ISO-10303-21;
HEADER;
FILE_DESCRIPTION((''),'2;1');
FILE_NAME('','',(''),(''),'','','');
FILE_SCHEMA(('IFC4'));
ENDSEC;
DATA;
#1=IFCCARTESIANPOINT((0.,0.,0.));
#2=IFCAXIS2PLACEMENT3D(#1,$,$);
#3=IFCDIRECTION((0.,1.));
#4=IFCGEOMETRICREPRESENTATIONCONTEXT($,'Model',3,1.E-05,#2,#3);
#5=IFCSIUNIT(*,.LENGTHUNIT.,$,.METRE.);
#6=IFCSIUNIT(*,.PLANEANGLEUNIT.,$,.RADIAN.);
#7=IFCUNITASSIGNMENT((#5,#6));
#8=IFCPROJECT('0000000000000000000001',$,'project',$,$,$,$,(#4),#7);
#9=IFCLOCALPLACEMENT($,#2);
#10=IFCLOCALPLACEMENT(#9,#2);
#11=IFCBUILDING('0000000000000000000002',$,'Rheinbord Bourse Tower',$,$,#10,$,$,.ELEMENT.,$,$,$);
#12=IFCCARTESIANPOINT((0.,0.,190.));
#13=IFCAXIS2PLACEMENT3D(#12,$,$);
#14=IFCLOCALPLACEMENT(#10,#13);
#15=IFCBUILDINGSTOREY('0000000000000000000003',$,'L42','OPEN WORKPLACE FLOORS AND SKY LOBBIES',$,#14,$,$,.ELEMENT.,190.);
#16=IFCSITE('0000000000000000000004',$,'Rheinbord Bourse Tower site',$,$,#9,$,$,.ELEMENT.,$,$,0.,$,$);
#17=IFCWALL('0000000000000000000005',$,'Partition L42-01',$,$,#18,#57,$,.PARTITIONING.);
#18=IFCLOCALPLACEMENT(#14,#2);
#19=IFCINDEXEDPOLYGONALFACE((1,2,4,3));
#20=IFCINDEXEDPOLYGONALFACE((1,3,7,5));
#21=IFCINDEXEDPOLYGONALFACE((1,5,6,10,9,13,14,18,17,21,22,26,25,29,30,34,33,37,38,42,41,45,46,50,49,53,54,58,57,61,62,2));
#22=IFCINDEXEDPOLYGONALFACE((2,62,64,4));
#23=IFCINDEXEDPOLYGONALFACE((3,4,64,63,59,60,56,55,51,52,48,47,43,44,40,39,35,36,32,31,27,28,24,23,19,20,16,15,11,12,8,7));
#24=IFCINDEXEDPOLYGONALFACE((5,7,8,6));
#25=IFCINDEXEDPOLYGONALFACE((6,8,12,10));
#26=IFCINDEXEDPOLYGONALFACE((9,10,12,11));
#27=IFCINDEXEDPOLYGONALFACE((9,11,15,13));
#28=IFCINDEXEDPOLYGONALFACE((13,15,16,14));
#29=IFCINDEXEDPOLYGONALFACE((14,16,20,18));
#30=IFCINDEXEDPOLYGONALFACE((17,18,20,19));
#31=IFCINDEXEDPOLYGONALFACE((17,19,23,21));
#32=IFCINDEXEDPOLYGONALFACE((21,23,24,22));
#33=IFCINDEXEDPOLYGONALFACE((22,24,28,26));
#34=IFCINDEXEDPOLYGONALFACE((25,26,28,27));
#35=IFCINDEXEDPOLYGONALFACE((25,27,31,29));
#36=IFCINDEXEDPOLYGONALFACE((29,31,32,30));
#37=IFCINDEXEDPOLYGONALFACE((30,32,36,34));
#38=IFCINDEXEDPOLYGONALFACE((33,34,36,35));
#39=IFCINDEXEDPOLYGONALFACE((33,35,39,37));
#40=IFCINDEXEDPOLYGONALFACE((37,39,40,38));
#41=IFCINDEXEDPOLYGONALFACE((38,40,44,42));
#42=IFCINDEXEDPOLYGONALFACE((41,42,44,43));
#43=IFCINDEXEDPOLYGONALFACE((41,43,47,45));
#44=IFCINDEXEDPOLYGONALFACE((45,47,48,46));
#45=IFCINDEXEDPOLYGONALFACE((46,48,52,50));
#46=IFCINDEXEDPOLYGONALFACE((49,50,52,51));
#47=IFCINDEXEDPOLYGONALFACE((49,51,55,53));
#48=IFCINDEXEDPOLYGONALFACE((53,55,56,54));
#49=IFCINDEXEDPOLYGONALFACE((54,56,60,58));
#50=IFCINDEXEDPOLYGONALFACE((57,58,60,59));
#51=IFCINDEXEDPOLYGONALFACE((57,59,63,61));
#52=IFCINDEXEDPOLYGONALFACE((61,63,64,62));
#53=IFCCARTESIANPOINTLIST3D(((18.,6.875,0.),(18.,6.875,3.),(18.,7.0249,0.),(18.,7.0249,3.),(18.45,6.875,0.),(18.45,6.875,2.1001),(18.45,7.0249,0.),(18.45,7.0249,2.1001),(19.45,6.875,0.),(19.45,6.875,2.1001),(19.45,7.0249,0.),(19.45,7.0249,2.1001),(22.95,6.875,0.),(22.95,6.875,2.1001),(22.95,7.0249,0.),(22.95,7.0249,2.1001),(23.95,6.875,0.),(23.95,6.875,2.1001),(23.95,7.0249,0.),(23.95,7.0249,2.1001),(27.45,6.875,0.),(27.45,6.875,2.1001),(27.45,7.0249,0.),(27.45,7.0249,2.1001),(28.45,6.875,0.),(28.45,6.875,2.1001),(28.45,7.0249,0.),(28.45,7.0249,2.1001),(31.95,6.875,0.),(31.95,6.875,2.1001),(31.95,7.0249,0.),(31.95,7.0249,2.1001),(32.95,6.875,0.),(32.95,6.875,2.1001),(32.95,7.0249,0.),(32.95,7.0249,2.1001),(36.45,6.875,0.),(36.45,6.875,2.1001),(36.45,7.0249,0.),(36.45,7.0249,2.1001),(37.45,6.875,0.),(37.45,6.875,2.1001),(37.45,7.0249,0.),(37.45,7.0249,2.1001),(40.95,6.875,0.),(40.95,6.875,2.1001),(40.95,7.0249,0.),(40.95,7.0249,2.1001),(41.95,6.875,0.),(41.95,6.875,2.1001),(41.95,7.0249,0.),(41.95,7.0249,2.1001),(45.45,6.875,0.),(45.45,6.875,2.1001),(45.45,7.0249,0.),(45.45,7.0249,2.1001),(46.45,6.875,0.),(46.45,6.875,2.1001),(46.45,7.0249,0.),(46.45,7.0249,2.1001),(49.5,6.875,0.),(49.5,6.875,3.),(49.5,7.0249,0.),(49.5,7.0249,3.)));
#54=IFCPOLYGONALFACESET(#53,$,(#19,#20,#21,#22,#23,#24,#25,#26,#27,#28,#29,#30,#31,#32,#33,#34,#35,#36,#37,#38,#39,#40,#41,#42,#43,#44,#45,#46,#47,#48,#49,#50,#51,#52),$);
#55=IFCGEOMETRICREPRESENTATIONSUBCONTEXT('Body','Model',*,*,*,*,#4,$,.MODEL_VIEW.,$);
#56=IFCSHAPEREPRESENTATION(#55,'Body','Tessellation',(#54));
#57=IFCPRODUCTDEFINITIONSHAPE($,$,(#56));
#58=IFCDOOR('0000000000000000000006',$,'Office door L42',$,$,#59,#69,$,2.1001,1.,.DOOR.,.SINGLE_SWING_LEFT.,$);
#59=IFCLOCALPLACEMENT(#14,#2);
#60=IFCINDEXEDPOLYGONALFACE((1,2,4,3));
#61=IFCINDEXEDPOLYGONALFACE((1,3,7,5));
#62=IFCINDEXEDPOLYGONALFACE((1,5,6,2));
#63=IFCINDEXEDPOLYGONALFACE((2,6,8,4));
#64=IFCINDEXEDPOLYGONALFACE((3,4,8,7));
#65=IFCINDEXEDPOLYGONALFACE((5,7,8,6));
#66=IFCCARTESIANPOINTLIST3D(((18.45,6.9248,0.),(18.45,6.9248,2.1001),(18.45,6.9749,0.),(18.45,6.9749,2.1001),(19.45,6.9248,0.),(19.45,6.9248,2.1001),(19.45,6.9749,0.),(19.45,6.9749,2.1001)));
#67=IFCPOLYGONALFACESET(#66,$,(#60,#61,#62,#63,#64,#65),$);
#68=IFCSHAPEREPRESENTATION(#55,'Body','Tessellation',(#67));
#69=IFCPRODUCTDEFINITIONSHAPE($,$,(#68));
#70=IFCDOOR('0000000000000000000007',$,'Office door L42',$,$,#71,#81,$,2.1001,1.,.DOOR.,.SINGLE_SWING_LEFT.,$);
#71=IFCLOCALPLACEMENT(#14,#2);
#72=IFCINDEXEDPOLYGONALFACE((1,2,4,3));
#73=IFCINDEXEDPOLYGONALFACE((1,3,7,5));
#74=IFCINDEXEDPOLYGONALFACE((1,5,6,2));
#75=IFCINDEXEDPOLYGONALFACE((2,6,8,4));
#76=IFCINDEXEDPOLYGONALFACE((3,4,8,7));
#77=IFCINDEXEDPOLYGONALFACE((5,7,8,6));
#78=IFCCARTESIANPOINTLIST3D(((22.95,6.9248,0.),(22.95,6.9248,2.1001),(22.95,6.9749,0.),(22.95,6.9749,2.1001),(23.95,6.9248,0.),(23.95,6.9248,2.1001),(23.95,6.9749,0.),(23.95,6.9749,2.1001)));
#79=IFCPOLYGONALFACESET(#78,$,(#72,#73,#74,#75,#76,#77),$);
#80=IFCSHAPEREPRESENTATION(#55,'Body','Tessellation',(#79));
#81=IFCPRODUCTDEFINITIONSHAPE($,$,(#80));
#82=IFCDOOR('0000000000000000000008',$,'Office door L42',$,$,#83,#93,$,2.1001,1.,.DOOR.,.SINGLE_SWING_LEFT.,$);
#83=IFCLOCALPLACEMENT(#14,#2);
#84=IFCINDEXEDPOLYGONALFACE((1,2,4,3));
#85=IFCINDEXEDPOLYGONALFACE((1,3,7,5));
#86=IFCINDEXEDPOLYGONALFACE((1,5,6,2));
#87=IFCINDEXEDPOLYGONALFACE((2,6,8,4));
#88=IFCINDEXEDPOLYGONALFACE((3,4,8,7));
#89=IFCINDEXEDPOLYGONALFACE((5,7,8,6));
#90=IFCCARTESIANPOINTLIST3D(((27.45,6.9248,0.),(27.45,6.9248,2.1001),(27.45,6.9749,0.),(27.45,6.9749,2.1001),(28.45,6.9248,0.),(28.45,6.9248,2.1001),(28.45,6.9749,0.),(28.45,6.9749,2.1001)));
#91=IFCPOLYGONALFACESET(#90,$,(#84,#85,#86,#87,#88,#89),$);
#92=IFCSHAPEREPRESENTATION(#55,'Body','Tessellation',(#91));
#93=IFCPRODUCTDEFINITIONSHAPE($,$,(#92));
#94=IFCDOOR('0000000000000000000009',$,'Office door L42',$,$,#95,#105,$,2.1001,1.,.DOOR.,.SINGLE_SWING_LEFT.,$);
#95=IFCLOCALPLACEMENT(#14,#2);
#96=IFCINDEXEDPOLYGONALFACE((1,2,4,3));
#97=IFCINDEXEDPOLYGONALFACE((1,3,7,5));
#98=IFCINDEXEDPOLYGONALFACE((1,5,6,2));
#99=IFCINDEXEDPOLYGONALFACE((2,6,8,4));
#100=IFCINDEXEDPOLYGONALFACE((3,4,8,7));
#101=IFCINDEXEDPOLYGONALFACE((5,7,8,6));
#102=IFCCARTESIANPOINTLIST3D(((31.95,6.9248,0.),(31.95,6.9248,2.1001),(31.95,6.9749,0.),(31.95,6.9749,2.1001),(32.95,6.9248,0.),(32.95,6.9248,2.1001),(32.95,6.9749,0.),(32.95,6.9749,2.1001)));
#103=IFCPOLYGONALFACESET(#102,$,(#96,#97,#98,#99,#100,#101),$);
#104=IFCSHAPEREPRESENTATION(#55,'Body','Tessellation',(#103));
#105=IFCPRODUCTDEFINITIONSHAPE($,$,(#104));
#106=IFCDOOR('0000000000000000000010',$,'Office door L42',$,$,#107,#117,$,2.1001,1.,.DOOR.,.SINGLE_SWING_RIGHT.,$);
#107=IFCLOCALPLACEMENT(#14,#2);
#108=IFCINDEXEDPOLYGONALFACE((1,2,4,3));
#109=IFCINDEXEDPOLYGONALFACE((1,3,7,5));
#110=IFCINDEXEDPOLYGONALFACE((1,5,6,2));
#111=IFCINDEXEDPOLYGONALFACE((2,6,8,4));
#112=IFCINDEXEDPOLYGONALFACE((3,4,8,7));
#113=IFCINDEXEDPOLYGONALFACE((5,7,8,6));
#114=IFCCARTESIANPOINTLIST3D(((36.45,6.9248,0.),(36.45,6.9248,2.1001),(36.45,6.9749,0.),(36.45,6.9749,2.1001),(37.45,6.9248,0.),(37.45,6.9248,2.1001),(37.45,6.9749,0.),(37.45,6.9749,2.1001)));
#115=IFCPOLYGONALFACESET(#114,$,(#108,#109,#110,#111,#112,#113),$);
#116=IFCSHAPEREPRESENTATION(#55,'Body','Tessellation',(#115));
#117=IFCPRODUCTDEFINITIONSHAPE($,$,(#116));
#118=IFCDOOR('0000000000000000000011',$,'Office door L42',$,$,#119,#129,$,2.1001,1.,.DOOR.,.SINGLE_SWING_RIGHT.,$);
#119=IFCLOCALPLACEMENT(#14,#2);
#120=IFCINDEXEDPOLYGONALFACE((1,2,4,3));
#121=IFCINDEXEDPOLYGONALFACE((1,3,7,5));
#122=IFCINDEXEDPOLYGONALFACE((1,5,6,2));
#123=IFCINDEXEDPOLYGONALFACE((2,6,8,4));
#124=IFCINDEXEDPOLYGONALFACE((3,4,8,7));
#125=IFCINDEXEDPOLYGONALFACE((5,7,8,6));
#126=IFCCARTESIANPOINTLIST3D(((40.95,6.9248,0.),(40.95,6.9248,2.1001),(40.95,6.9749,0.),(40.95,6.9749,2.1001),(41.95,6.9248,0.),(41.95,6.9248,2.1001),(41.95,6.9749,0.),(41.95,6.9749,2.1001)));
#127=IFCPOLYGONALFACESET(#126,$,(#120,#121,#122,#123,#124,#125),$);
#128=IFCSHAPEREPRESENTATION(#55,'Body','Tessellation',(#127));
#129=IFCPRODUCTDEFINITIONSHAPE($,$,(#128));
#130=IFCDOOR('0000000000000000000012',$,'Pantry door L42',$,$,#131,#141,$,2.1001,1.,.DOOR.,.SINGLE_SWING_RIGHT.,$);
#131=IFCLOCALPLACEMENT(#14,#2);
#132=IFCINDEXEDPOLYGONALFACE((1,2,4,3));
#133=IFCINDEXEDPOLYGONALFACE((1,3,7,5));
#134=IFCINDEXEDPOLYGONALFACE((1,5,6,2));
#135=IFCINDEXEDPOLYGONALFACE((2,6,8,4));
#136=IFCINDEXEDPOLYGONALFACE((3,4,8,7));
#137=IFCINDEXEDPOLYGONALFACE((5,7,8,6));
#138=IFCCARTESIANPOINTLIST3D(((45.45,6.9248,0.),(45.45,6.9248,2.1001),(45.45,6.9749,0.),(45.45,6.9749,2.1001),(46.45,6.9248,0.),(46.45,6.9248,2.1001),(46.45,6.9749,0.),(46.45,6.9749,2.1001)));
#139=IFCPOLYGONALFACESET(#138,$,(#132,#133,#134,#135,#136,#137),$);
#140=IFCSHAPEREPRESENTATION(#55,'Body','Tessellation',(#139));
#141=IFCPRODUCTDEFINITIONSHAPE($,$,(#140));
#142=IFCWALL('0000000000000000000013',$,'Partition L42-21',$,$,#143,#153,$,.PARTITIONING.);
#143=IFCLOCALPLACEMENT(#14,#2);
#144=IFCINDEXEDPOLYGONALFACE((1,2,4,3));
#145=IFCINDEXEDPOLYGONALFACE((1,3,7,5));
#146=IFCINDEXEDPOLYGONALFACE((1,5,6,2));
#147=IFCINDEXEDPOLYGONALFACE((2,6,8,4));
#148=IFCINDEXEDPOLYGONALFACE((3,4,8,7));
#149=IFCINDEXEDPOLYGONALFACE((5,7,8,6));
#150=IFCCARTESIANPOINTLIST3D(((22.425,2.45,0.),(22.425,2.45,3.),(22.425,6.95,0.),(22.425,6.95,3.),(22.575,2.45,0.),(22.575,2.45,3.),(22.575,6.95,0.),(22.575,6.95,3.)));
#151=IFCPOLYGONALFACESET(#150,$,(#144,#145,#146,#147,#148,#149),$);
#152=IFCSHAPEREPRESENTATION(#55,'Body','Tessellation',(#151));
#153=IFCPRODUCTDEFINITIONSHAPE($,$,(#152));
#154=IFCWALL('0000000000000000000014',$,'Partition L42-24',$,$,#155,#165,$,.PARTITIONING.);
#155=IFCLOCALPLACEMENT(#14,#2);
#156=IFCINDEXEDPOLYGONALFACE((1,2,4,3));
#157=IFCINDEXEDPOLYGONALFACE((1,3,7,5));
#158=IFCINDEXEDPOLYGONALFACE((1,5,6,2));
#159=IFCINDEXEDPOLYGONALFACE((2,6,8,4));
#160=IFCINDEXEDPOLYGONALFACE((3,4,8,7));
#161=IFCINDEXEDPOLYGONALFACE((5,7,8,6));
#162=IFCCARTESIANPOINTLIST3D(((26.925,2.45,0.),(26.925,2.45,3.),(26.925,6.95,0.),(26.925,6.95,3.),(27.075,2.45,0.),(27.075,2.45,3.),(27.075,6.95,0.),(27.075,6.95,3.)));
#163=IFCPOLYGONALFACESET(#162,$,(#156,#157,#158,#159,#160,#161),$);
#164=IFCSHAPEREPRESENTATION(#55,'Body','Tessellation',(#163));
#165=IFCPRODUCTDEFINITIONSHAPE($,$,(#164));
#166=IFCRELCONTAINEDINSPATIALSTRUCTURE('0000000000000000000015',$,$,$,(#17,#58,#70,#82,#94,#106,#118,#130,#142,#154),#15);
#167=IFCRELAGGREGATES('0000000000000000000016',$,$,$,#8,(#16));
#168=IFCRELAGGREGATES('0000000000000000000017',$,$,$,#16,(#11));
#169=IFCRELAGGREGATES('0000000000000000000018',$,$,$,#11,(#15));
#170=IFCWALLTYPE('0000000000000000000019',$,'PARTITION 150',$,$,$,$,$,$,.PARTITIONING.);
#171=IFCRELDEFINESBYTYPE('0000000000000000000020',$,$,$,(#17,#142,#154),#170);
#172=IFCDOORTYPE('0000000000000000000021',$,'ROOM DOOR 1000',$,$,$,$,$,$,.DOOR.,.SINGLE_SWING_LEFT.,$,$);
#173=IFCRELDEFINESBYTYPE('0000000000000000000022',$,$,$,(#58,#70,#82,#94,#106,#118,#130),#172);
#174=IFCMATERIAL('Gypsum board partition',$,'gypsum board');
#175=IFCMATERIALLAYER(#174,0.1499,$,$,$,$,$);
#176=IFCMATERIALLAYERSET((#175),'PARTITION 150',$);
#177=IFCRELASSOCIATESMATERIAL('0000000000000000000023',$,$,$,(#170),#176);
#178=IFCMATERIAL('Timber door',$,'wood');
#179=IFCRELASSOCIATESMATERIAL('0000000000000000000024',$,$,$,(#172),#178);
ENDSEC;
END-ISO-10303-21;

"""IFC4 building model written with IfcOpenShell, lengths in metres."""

from ifc_helpers import new_model, si_unit, direction, frame, frame_2d, origin, place, context, subcontext, project, spatial, rectangle, extrude, material, layer, layer_set, type_object, element, fill, save


model = new_model("IFC4")

# Units and contexts
model_context = context("Model", 3, precision=1e-05, world=origin(), true_north=direction((0.0, 1.0)))
body_context = subcontext(model_context, "Body", "Model", "MODEL_VIEW")
ifc_project = project(units=[si_unit("LENGTHUNIT", "METRE"), si_unit("PLANEANGLEUNIT", "RADIAN")], contexts=[model_context])

# Site, building, storey
site_placement = place(None, origin())
site = spatial("IfcSite", under=ifc_project, at=site_placement, Name="Rheinbord Bourse Tower site", CompositionType="ELEMENT", RefElevation=0.0)
building_placement = place(site_placement, origin())
building = spatial("IfcBuilding", under=site, at=building_placement, Name="Rheinbord Bourse Tower", CompositionType="ELEMENT")
storey_placement = place(building_placement, frame((0.0, 0.0, 190.0)))
storey = spatial("IfcBuildingStorey", under=building, at=storey_placement, Name="L42", Description="OPEN WORKPLACE FLOORS AND SKY LOBBIES", CompositionType="ELEMENT", Elevation=190.0)

# Wall, openings, doors
ifc_material_1 = material(Name="Gypsum board partition", Category="gypsum board")
ifc_layer_1 = layer(ifc_material_1, 0.1499)
ifc_layer_set_1 = layer_set([ifc_layer_1], Name="PARTITION 150")
wall_type_1 = type_object("IfcWallType", Name="PARTITION 150", PredefinedType="PARTITIONING", material=ifc_layer_set_1)
wall_1_placement = place(storey_placement, frame((18.0, 6.95, 0.0), z_axis=(0.0, 0.0, 1.0), x_axis=(1.0, 0.0, 0.0)))
wall_1 = element("IfcWall", 1, at=wall_1_placement, inside=storey, type_object=wall_type_1, Name="Partition L42-01", PredefinedType="PARTITIONING", context=body_context, shape_type="SweptSolid", body=[
    extrude(rectangle(XDim=31.5, YDim=0.1499, at=frame_2d((15.75, 0.0))), origin(), (0.0, 0.0, 1.0), 3.0),
])
opening_1_placement = place(wall_1_placement, frame((0.45, 0.0, 0.0)))
opening_1 = element("IfcOpeningElement", 2, at=opening_1_placement, cuts=wall_1, PredefinedType="OPENING", context=body_context, shape_type="SweptSolid", body=[
    extrude(rectangle(XDim=1.0, YDim=2.1001, at=frame_2d((0.5, 1.05))), frame((0.0, 0.085, 0.0), z_axis=(0.0, -1.0, 0.0), x_axis=(1.0, 0.0, 0.0)), (0.0, 0.0, 1.0), 0.1699),
])
opening_2_placement = place(wall_1_placement, frame((4.95, 0.0, 0.0)))
opening_2 = element("IfcOpeningElement", 3, at=opening_2_placement, cuts=wall_1, PredefinedType="OPENING", context=body_context, shape_type="SweptSolid", body=[
    extrude(rectangle(XDim=1.0, YDim=2.1001, at=frame_2d((0.5, 1.05))), frame((0.0, 0.085, 0.0), z_axis=(0.0, -1.0, 0.0), x_axis=(1.0, 0.0, 0.0)), (0.0, 0.0, 1.0), 0.1699),
])
opening_3_placement = place(wall_1_placement, frame((9.45, 0.0, 0.0)))
opening_3 = element("IfcOpeningElement", 4, at=opening_3_placement, cuts=wall_1, PredefinedType="OPENING", context=body_context, shape_type="SweptSolid", body=[
    extrude(rectangle(XDim=1.0, YDim=2.1001, at=frame_2d((0.5, 1.05))), frame((0.0, 0.085, 0.0), z_axis=(0.0, -1.0, 0.0), x_axis=(1.0, 0.0, 0.0)), (0.0, 0.0, 1.0), 0.1699),
])
opening_4_placement = place(wall_1_placement, frame((13.95, 0.0, 0.0)))
opening_4 = element("IfcOpeningElement", 5, at=opening_4_placement, cuts=wall_1, PredefinedType="OPENING", context=body_context, shape_type="SweptSolid", body=[
    extrude(rectangle(XDim=1.0, YDim=2.1001, at=frame_2d((0.5, 1.05))), frame((0.0, 0.085, 0.0), z_axis=(0.0, -1.0, 0.0), x_axis=(1.0, 0.0, 0.0)), (0.0, 0.0, 1.0), 0.1699),
])
opening_5_placement = place(wall_1_placement, frame((18.45, 0.0, 0.0)))
opening_5 = element("IfcOpeningElement", 6, at=opening_5_placement, cuts=wall_1, PredefinedType="OPENING", context=body_context, shape_type="SweptSolid", body=[
    extrude(rectangle(XDim=1.0, YDim=2.1001, at=frame_2d((0.5, 1.05))), frame((0.0, 0.085, 0.0), z_axis=(0.0, -1.0, 0.0), x_axis=(1.0, 0.0, 0.0)), (0.0, 0.0, 1.0), 0.1699),
])
opening_6_placement = place(wall_1_placement, frame((22.95, 0.0, 0.0)))
opening_6 = element("IfcOpeningElement", 7, at=opening_6_placement, cuts=wall_1, PredefinedType="OPENING", context=body_context, shape_type="SweptSolid", body=[
    extrude(rectangle(XDim=1.0, YDim=2.1001, at=frame_2d((0.5, 1.05))), frame((0.0, 0.085, 0.0), z_axis=(0.0, -1.0, 0.0), x_axis=(1.0, 0.0, 0.0)), (0.0, 0.0, 1.0), 0.1699),
])
opening_7_placement = place(wall_1_placement, frame((27.45, 0.0, 0.0)))
opening_7 = element("IfcOpeningElement", 8, at=opening_7_placement, cuts=wall_1, PredefinedType="OPENING", context=body_context, shape_type="SweptSolid", body=[
    extrude(rectangle(XDim=1.0, YDim=2.1001, at=frame_2d((0.5, 1.05))), frame((0.0, 0.085, 0.0), z_axis=(0.0, -1.0, 0.0), x_axis=(1.0, 0.0, 0.0)), (0.0, 0.0, 1.0), 0.1699),
])
ifc_material_2 = material(Name="Timber door", Category="wood")
door_type_1 = type_object("IfcDoorType", Name="ROOM DOOR 1000", OperationType="SINGLE_SWING_LEFT", PredefinedType="DOOR", material=ifc_material_2)
door_1_placement = place(opening_1_placement, origin())
door_1 = element("IfcDoor", 9, at=door_1_placement, inside=storey, type_object=door_type_1, Name="Office door L42", OperationType="SINGLE_SWING_LEFT", OverallHeight=2.1001, OverallWidth=1.0, PredefinedType="DOOR", context=body_context, shape_type="SweptSolid", body=[
    extrude(rectangle(XDim=1.0, YDim=2.1001, at=frame_2d((0.5, 1.05))), frame((0.0, 0.0249, 0.0), z_axis=(0.0, -1.0, 0.0), x_axis=(1.0, 0.0, 0.0)), (0.0, 0.0, 1.0), 0.05),
])
fill(opening_1, door_1)
door_2_placement = place(opening_2_placement, origin())
door_2 = element("IfcDoor", 10, at=door_2_placement, inside=storey, type_object=door_type_1, Name="Office door L42", OperationType="SINGLE_SWING_LEFT", OverallHeight=2.1001, OverallWidth=1.0, PredefinedType="DOOR", context=body_context, shape_type="SweptSolid", body=[
    extrude(rectangle(XDim=1.0, YDim=2.1001, at=frame_2d((0.5, 1.05))), frame((0.0, 0.0249, 0.0), z_axis=(0.0, -1.0, 0.0), x_axis=(1.0, 0.0, 0.0)), (0.0, 0.0, 1.0), 0.05),
])
fill(opening_2, door_2)
door_3_placement = place(opening_3_placement, origin())
door_3 = element("IfcDoor", 11, at=door_3_placement, inside=storey, type_object=door_type_1, Name="Office door L42", OperationType="SINGLE_SWING_LEFT", OverallHeight=2.1001, OverallWidth=1.0, PredefinedType="DOOR", context=body_context, shape_type="SweptSolid", body=[
    extrude(rectangle(XDim=1.0, YDim=2.1001, at=frame_2d((0.5, 1.05))), frame((0.0, 0.0249, 0.0), z_axis=(0.0, -1.0, 0.0), x_axis=(1.0, 0.0, 0.0)), (0.0, 0.0, 1.0), 0.05),
])
fill(opening_3, door_3)
door_4_placement = place(opening_4_placement, origin())
door_4 = element("IfcDoor", 12, at=door_4_placement, inside=storey, type_object=door_type_1, Name="Office door L42", OperationType="SINGLE_SWING_LEFT", OverallHeight=2.1001, OverallWidth=1.0, PredefinedType="DOOR", context=body_context, shape_type="SweptSolid", body=[
    extrude(rectangle(XDim=1.0, YDim=2.1001, at=frame_2d((0.5, 1.05))), frame((0.0, 0.0249, 0.0), z_axis=(0.0, -1.0, 0.0), x_axis=(1.0, 0.0, 0.0)), (0.0, 0.0, 1.0), 0.05),
])
fill(opening_4, door_4)
door_5_placement = place(opening_5_placement, origin())
door_5 = element("IfcDoor", 13, at=door_5_placement, inside=storey, type_object=door_type_1, Name="Office door L42", OperationType="SINGLE_SWING_RIGHT", OverallHeight=2.1001, OverallWidth=1.0, PredefinedType="DOOR", context=body_context, shape_type="SweptSolid", body=[
    extrude(rectangle(XDim=1.0, YDim=2.1001, at=frame_2d((0.5, 1.05))), frame((0.0, 0.0249, 0.0), z_axis=(0.0, -1.0, 0.0), x_axis=(1.0, 0.0, 0.0)), (0.0, 0.0, 1.0), 0.05),
])
fill(opening_5, door_5)
door_6_placement = place(opening_6_placement, origin())
door_6 = element("IfcDoor", 14, at=door_6_placement, inside=storey, type_object=door_type_1, Name="Office door L42", OperationType="SINGLE_SWING_RIGHT", OverallHeight=2.1001, OverallWidth=1.0, PredefinedType="DOOR", context=body_context, shape_type="SweptSolid", body=[
    extrude(rectangle(XDim=1.0, YDim=2.1001, at=frame_2d((0.5, 1.05))), frame((0.0, 0.0249, 0.0), z_axis=(0.0, -1.0, 0.0), x_axis=(1.0, 0.0, 0.0)), (0.0, 0.0, 1.0), 0.05),
])
fill(opening_6, door_6)
door_7_placement = place(opening_7_placement, origin())
door_7 = element("IfcDoor", 15, at=door_7_placement, inside=storey, type_object=door_type_1, Name="Pantry door L42", OperationType="SINGLE_SWING_RIGHT", OverallHeight=2.1001, OverallWidth=1.0, PredefinedType="DOOR", context=body_context, shape_type="SweptSolid", body=[
    extrude(rectangle(XDim=1.0, YDim=2.1001, at=frame_2d((0.5, 1.05))), frame((0.0, 0.0249, 0.0), z_axis=(0.0, -1.0, 0.0), x_axis=(1.0, 0.0, 0.0)), (0.0, 0.0, 1.0), 0.05),
])
fill(opening_7, door_7)

# Walls
for number, where, z_axis, x_axis, name in (
    (16, (22.5, 2.45, 0.0), (0.0, 0.0, 1.0), (0.0, 1.0, 0.0), "Partition L42-21"),
    (17, (27.0, 2.45, 0.0), (0.0, 0.0, 1.0), (0.0, 1.0, 0.0), "Partition L42-24"),
):
    element("IfcWall", number, at=place(storey_placement, frame(where, z_axis=z_axis, x_axis=x_axis)), inside=storey, type_object=wall_type_1, Name=name, PredefinedType="PARTITIONING", context=body_context, shape_type="SweptSolid", body=[
        extrude(rectangle(XDim=4.5, YDim=0.1499, at=frame_2d((2.25, 0.0))), origin(), (0.0, 0.0, 1.0), 3.0),
    ])

save(model, "model.ifc")
